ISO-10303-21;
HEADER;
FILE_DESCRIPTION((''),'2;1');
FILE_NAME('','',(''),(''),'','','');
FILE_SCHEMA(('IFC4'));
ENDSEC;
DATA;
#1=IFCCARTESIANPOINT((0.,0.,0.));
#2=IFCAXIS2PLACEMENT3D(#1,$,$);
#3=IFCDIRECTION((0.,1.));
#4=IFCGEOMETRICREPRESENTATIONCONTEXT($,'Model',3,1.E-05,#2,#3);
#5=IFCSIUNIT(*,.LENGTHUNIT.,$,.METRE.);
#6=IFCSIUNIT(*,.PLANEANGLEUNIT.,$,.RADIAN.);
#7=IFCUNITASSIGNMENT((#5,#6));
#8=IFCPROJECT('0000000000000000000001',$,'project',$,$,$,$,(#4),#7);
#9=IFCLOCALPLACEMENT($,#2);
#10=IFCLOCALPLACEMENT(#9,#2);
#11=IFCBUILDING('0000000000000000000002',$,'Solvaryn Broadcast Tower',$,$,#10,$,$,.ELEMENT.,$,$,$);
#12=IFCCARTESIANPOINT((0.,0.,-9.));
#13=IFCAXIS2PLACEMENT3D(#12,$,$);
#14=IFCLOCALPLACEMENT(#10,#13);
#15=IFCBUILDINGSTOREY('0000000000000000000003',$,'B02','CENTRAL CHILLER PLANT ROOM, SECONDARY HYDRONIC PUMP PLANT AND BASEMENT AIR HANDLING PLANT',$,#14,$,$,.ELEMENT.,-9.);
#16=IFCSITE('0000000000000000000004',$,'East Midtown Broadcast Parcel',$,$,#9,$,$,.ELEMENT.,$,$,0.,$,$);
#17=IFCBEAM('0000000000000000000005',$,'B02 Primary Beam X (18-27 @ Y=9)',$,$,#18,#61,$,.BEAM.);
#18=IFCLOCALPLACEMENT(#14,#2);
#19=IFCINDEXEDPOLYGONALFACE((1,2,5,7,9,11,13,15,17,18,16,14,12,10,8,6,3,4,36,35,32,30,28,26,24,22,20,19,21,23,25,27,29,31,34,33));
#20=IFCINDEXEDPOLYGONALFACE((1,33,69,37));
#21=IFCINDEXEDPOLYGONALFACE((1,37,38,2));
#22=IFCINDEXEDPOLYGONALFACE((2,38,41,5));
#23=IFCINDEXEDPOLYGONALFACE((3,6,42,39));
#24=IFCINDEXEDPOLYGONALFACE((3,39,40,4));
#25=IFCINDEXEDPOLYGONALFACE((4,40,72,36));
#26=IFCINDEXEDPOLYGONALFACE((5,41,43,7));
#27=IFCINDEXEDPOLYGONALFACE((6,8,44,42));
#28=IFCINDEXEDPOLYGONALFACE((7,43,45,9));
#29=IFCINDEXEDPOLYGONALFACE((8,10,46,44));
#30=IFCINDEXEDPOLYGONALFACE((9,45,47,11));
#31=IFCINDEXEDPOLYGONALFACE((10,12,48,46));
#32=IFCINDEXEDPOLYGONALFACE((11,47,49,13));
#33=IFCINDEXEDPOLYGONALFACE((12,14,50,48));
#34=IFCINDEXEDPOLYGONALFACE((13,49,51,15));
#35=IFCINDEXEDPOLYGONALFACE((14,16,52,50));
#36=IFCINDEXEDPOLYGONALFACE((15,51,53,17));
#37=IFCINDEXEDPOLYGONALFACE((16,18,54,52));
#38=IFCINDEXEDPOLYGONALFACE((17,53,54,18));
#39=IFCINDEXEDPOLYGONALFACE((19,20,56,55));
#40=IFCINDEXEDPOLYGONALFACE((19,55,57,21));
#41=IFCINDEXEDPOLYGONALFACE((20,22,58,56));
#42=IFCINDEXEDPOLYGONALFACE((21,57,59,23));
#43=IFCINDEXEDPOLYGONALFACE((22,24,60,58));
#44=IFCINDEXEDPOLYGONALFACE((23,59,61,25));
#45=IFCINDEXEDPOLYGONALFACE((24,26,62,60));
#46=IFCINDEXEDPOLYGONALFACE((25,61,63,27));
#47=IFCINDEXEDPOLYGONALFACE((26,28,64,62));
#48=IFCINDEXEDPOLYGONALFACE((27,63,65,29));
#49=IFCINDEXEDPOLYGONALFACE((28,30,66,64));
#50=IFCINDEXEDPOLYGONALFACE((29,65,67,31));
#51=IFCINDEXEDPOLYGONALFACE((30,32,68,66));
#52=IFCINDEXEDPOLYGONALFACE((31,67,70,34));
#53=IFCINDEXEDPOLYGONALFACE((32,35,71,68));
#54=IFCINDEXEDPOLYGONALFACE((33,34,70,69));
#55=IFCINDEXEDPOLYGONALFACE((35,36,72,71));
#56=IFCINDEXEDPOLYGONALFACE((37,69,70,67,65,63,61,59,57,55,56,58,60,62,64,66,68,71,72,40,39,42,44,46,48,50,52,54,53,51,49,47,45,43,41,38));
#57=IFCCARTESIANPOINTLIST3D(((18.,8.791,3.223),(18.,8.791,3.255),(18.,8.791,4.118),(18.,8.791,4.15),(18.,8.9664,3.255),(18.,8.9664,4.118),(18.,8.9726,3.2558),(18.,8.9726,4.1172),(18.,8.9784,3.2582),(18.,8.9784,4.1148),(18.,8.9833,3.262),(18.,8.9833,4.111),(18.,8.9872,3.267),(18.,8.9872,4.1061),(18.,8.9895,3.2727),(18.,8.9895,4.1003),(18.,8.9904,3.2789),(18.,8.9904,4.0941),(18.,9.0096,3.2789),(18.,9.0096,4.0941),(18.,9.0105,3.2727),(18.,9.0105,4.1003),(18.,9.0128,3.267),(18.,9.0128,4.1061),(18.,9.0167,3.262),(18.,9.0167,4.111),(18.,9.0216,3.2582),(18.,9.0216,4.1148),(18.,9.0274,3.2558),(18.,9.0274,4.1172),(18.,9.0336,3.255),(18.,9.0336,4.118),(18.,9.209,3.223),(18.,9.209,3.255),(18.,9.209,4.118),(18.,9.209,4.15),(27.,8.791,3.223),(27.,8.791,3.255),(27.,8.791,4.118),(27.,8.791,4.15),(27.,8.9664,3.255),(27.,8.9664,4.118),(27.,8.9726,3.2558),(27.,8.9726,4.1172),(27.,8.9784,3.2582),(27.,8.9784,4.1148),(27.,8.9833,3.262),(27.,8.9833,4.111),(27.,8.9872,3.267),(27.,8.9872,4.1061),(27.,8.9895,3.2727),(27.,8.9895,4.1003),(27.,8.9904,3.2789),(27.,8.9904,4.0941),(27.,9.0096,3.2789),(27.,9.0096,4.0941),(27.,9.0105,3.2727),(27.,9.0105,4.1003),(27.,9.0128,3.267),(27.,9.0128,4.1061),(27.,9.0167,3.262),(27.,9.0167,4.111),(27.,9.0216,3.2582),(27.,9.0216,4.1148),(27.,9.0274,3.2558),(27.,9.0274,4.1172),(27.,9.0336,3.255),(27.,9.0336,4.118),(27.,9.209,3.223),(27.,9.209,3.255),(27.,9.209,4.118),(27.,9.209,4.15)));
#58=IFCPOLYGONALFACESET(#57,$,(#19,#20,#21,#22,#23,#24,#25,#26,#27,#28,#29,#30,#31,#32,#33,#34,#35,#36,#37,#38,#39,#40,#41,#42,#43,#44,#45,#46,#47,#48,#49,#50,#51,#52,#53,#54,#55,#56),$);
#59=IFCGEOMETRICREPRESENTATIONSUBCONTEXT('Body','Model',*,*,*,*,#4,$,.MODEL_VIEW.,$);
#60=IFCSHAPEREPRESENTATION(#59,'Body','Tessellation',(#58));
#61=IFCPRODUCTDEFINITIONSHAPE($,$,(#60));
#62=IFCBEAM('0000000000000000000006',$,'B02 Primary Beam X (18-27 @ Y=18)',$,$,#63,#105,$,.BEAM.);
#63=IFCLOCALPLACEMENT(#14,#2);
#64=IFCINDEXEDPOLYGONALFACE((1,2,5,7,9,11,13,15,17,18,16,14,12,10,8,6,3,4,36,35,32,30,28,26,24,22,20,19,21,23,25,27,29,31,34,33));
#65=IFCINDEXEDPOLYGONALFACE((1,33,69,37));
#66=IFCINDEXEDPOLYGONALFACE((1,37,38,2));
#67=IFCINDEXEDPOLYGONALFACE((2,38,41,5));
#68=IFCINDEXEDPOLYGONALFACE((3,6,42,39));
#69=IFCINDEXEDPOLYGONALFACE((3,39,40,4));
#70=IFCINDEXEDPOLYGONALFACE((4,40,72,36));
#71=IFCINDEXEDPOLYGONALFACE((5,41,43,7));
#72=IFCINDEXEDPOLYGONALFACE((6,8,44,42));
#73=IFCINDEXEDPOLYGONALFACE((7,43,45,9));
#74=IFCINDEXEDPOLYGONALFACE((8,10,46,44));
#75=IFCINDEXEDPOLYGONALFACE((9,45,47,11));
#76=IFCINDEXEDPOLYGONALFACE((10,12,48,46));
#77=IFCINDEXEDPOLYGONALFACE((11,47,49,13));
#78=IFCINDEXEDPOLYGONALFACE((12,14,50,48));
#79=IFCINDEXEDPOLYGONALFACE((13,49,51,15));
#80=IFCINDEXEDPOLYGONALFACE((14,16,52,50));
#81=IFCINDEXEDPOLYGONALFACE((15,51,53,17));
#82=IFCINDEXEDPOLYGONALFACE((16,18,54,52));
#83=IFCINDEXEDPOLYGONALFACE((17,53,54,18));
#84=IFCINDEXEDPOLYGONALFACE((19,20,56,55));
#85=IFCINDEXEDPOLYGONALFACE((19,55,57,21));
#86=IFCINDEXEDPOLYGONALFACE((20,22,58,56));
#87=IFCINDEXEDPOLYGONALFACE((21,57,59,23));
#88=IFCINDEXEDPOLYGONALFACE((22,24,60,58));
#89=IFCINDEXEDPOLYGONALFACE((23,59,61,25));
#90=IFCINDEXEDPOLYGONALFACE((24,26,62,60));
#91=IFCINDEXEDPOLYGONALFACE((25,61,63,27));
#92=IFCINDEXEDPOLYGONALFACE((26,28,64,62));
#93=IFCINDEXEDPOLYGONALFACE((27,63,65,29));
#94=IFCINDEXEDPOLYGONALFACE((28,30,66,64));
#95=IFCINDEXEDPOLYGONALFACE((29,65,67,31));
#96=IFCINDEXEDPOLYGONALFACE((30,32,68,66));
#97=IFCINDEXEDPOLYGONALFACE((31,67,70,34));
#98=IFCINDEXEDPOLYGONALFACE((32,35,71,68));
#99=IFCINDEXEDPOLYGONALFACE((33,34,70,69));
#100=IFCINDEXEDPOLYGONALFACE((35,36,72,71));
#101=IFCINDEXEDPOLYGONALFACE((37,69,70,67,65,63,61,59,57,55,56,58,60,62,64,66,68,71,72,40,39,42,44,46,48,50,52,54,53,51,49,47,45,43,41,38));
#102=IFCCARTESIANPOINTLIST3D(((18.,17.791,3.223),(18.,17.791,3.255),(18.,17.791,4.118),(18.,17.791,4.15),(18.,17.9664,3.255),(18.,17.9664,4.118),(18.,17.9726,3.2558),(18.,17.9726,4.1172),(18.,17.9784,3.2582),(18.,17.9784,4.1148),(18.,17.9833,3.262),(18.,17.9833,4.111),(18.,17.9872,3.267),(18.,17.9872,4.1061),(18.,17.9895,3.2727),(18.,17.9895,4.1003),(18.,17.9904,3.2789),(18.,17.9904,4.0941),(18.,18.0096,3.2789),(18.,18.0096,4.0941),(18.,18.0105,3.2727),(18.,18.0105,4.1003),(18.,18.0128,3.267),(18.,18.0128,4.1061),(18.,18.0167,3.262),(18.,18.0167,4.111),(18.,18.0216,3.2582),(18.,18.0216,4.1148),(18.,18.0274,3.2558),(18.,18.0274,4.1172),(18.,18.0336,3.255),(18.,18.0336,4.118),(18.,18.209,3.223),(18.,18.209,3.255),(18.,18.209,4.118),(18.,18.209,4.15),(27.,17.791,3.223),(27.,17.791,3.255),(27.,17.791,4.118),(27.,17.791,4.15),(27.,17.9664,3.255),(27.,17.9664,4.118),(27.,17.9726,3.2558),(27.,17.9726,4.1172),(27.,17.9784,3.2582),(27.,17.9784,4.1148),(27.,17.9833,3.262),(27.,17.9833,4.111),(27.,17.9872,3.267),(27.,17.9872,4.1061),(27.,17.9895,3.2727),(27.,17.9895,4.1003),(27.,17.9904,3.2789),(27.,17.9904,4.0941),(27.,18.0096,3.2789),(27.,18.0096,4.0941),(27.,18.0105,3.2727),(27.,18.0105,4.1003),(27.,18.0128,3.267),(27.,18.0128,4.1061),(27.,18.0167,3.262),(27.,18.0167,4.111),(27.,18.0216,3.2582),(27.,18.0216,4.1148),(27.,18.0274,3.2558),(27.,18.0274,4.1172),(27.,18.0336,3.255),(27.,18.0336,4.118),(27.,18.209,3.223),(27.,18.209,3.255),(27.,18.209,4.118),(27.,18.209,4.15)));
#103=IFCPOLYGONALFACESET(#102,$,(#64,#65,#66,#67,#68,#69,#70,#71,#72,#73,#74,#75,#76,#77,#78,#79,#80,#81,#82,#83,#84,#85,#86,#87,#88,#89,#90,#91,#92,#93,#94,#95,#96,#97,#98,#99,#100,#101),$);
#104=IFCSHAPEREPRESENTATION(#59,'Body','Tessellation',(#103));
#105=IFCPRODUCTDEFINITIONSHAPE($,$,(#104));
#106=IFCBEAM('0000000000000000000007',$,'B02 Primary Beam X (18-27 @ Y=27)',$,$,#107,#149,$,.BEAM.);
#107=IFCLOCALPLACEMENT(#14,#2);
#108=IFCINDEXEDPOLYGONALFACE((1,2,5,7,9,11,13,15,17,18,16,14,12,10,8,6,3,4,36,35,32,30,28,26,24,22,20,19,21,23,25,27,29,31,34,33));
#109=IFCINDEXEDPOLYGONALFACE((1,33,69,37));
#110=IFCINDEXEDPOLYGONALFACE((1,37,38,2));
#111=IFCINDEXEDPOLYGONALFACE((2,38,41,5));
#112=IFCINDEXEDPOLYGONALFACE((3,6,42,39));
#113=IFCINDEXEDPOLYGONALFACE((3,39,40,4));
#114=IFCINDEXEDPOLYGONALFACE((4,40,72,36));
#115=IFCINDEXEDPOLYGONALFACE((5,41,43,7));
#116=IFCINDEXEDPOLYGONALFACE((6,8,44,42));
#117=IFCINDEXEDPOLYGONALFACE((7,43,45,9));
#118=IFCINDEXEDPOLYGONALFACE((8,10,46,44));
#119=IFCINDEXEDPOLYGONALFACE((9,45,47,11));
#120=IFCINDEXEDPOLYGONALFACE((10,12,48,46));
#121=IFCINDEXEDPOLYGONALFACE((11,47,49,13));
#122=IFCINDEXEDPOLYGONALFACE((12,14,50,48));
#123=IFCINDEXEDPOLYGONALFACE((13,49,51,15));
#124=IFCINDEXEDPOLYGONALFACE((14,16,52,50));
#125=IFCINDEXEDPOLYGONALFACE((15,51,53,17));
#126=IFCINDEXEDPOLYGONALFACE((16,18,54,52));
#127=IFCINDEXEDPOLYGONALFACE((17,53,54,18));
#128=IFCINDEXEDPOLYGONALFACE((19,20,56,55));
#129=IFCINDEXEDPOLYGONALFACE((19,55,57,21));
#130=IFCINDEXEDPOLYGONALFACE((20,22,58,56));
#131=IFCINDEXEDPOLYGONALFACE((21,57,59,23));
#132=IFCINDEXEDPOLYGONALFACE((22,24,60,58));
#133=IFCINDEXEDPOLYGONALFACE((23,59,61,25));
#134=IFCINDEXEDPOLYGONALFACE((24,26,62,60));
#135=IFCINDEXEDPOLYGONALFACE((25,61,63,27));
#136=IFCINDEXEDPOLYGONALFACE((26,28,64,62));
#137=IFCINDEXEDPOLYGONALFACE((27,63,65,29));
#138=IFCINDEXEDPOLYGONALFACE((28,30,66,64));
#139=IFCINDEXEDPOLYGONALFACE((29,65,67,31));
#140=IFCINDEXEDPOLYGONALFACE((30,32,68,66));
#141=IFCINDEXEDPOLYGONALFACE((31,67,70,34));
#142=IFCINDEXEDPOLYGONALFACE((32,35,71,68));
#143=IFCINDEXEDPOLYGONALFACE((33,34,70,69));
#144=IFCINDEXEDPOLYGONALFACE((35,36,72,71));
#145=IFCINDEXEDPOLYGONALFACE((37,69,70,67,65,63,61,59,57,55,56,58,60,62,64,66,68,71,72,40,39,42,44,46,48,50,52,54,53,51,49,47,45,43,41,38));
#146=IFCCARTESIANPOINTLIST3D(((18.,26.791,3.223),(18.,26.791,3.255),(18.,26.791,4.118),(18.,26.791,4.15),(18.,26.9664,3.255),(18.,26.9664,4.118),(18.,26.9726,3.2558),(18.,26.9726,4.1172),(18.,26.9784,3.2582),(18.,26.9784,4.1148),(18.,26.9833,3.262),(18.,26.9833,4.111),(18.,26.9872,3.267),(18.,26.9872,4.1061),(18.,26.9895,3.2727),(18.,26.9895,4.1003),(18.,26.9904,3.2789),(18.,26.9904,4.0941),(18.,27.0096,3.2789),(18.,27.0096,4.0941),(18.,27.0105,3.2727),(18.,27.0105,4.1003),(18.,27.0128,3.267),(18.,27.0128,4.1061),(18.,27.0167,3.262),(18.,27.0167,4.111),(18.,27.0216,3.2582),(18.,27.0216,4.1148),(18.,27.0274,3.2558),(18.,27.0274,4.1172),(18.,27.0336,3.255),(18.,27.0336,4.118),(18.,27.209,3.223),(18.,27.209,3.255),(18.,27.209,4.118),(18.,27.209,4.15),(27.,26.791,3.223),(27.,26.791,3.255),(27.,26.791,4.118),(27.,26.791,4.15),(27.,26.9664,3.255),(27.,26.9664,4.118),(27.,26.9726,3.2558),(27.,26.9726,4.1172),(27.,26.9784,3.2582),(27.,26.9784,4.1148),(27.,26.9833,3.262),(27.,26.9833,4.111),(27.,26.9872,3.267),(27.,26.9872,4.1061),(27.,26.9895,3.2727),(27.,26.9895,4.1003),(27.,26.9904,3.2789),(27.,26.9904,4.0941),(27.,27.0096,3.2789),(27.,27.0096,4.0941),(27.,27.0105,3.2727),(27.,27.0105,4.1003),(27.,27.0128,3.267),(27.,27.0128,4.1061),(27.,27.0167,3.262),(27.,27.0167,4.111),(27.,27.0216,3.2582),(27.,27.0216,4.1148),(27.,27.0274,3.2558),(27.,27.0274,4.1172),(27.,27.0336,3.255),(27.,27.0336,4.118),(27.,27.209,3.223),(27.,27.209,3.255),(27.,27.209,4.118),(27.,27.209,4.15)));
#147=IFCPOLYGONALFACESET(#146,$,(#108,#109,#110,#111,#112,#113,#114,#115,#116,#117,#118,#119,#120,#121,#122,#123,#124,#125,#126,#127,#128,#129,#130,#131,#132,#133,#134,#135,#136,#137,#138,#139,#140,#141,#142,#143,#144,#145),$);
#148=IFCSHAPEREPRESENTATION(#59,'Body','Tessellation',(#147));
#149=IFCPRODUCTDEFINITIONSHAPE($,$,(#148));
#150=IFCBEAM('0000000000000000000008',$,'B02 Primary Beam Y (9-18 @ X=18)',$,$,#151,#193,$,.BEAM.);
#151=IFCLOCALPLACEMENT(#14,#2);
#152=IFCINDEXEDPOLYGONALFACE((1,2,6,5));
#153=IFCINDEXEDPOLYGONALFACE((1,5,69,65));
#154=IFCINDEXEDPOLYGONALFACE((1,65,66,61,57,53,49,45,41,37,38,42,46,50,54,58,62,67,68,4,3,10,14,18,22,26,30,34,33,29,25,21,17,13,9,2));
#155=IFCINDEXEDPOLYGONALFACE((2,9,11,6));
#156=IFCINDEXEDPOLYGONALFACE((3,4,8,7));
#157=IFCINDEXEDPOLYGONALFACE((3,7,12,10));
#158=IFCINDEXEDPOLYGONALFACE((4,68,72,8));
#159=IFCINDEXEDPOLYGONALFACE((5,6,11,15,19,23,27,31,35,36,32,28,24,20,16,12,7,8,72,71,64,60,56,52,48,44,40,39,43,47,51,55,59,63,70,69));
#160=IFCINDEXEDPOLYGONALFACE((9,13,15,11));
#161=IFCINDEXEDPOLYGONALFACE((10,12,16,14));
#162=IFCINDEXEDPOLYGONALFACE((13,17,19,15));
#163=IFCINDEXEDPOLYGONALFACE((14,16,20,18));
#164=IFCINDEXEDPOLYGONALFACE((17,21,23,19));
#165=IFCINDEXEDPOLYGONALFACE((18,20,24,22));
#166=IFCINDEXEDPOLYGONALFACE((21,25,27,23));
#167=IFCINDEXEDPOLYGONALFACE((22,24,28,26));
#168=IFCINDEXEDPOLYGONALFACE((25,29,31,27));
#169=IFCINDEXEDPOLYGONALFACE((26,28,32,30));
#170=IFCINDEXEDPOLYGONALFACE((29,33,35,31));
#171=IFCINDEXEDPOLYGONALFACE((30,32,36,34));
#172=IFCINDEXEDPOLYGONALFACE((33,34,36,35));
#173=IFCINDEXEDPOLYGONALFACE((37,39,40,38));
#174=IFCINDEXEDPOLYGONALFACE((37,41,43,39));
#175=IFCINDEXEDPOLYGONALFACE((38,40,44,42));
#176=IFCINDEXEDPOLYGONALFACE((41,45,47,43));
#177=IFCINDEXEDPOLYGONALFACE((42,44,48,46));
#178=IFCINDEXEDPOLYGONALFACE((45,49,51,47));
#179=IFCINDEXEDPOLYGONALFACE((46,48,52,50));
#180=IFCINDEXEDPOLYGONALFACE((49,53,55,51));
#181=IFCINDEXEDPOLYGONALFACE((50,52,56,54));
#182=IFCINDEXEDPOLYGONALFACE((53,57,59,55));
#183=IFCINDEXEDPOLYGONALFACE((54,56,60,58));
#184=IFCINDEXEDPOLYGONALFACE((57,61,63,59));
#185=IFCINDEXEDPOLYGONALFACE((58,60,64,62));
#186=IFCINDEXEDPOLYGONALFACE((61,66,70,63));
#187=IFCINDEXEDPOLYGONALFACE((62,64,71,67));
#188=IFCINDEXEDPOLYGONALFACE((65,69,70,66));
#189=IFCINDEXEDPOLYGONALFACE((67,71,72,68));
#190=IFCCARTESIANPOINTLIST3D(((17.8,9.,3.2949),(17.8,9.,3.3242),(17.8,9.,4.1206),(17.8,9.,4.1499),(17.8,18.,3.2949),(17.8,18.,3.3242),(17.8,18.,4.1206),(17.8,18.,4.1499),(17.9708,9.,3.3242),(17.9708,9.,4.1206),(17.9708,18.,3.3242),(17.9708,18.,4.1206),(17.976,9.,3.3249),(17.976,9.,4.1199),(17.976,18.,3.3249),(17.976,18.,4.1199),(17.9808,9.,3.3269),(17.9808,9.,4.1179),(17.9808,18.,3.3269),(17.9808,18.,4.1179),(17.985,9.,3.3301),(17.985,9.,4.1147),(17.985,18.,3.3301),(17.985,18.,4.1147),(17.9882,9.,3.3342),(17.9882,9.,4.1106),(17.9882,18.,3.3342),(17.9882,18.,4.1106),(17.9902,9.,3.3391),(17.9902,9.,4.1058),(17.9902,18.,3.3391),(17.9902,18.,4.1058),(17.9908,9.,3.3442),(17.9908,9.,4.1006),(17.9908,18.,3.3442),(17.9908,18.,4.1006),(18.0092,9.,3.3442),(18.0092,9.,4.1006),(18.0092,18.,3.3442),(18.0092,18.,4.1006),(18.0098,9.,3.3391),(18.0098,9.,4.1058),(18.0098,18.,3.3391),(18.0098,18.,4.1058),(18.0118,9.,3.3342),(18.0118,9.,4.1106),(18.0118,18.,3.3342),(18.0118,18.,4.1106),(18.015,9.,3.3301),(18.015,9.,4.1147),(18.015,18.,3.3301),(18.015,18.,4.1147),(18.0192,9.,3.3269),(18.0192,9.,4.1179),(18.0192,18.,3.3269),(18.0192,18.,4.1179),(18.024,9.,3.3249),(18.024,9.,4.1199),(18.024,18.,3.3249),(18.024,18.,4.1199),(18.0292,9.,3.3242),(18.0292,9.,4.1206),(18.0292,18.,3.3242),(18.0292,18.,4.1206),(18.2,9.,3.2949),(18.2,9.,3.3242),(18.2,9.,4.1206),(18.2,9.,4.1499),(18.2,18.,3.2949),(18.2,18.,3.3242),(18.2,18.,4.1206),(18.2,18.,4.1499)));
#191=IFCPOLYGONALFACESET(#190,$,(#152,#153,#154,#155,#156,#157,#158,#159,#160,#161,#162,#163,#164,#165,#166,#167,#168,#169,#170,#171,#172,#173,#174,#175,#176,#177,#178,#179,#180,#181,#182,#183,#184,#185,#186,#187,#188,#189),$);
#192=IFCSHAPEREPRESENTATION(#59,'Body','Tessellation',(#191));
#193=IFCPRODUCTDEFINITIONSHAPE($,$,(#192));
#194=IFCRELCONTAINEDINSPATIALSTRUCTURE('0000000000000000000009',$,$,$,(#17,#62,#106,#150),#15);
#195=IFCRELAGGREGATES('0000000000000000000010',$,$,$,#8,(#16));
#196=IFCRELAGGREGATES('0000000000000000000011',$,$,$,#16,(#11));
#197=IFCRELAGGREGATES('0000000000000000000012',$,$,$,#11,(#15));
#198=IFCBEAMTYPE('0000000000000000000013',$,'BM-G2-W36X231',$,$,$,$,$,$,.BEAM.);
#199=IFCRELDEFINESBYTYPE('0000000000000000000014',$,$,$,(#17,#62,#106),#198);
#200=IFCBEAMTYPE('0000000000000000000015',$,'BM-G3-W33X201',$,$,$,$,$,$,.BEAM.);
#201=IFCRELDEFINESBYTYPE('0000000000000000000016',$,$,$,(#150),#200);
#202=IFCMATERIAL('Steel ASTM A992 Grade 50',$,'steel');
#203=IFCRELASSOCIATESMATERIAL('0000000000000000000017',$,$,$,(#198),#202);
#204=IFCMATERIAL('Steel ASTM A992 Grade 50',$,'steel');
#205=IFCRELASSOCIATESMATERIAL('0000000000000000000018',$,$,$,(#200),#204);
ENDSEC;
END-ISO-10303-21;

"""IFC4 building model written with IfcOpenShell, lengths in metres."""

from ifc_helpers import new_model, si_unit, direction, frame, origin, origin_2d, place, context, subcontext, project, spatial, i_section, extrude, material, material_profile, profile_set, type_object, element, save


model = new_model("IFC4")

# Units and contexts
model_context = context("Model", 3, precision=1e-05, world=origin(), true_north=direction((0.0, 1.0)))
body_context = subcontext(model_context, "Body", "Model", "MODEL_VIEW")
ifc_project = project(units=[si_unit("LENGTHUNIT", "METRE"), si_unit("PLANEANGLEUNIT", "RADIAN")], contexts=[model_context])

# Site, building, storey
site_placement = place(None, origin())
site = spatial("IfcSite", under=ifc_project, at=site_placement, Name="East Midtown Broadcast Parcel", CompositionType="ELEMENT", RefElevation=0.0)
building_placement = place(site_placement, origin())
building = spatial("IfcBuilding", under=site, at=building_placement, Name="Solvaryn Broadcast Tower", CompositionType="ELEMENT")
storey_placement = place(building_placement, frame((0.0, 0.0, -9.0)))
storey = spatial("IfcBuildingStorey", under=building, at=storey_placement, Name="B02", Description="CENTRAL CHILLER PLANT ROOM, SECONDARY HYDRONIC PUMP PLANT AND BASEMENT AIR HANDLING PLANT", CompositionType="ELEMENT", Elevation=-9.0)

# Beams
ifc_material_1 = material(Name="Steel ASTM A992 Grade 50", Category="steel")
ifc_material_profile_1 = material_profile(ifc_material_1, i_section(OverallWidth=0.418, OverallDepth=0.927, WebThickness=0.0193, FlangeThickness=0.032, FilletRadius=0.0239, at=origin_2d()))
ifc_profile_set_1 = profile_set([ifc_material_profile_1], Name="Steel ASTM A992 Grade 50")
beam_type_1 = type_object("IfcBeamType", Name="BM-G2-W36X231", PredefinedType="BEAM", material=ifc_profile_set_1)
for number, where, z_axis, x_axis, name in (
    (1, (18.0, 9.0, 3.6865), (1.0, 0.0, 0.0), (0.0, 1.0, 0.0), "B02 Primary Beam X (18-27 @ Y=9)"),
    (2, (18.0, 18.0, 3.6865), (1.0, 0.0, 0.0), (0.0, 1.0, 0.0), "B02 Primary Beam X (18-27 @ Y=18)"),
    (3, (18.0, 27.0, 3.6865), (1.0, 0.0, 0.0), (0.0, 1.0, 0.0), "B02 Primary Beam X (18-27 @ Y=27)"),
):
    element("IfcBeam", number, at=place(storey_placement, frame(where, z_axis=z_axis, x_axis=x_axis)), inside=storey, type_object=beam_type_1, Name=name, PredefinedType="BEAM", context=body_context, shape_type="SweptSolid", body=[
        extrude(i_section(OverallWidth=0.418, OverallDepth=0.927, WebThickness=0.0193, FlangeThickness=0.032, FilletRadius=0.0239, at=origin_2d()), origin(), (0.0, 0.0, 1.0), 9.0),
    ])
ifc_material_2 = material(Name="Steel ASTM A992 Grade 50", Category="steel")
ifc_material_profile_2 = material_profile(ifc_material_2, i_section(OverallWidth=0.3999, OverallDepth=0.855, WebThickness=0.0183, FlangeThickness=0.0293, FilletRadius=0.02, at=origin_2d()))
ifc_profile_set_2 = profile_set([ifc_material_profile_2], Name="Steel ASTM A992 Grade 50")
beam_type_2 = type_object("IfcBeamType", Name="BM-G3-W33X201", PredefinedType="BEAM", material=ifc_profile_set_2)
for number, where, z_axis, x_axis, name in (
    (4, (18.0, 9.0, 3.7224), (0.0, 1.0, 0.0), (-1.0, 0.0, 0.0), "B02 Primary Beam Y (9-18 @ X=18)"),
):
    element("IfcBeam", number, at=place(storey_placement, frame(where, z_axis=z_axis, x_axis=x_axis)), inside=storey, type_object=beam_type_2, Name=name, PredefinedType="BEAM", context=body_context, shape_type="SweptSolid", body=[
        extrude(i_section(OverallWidth=0.3999, OverallDepth=0.855, WebThickness=0.0183, FlangeThickness=0.0293, FilletRadius=0.02, at=origin_2d()), origin(), (0.0, 0.0, 1.0), 9.0),
    ])

save(model, "model.ifc")
